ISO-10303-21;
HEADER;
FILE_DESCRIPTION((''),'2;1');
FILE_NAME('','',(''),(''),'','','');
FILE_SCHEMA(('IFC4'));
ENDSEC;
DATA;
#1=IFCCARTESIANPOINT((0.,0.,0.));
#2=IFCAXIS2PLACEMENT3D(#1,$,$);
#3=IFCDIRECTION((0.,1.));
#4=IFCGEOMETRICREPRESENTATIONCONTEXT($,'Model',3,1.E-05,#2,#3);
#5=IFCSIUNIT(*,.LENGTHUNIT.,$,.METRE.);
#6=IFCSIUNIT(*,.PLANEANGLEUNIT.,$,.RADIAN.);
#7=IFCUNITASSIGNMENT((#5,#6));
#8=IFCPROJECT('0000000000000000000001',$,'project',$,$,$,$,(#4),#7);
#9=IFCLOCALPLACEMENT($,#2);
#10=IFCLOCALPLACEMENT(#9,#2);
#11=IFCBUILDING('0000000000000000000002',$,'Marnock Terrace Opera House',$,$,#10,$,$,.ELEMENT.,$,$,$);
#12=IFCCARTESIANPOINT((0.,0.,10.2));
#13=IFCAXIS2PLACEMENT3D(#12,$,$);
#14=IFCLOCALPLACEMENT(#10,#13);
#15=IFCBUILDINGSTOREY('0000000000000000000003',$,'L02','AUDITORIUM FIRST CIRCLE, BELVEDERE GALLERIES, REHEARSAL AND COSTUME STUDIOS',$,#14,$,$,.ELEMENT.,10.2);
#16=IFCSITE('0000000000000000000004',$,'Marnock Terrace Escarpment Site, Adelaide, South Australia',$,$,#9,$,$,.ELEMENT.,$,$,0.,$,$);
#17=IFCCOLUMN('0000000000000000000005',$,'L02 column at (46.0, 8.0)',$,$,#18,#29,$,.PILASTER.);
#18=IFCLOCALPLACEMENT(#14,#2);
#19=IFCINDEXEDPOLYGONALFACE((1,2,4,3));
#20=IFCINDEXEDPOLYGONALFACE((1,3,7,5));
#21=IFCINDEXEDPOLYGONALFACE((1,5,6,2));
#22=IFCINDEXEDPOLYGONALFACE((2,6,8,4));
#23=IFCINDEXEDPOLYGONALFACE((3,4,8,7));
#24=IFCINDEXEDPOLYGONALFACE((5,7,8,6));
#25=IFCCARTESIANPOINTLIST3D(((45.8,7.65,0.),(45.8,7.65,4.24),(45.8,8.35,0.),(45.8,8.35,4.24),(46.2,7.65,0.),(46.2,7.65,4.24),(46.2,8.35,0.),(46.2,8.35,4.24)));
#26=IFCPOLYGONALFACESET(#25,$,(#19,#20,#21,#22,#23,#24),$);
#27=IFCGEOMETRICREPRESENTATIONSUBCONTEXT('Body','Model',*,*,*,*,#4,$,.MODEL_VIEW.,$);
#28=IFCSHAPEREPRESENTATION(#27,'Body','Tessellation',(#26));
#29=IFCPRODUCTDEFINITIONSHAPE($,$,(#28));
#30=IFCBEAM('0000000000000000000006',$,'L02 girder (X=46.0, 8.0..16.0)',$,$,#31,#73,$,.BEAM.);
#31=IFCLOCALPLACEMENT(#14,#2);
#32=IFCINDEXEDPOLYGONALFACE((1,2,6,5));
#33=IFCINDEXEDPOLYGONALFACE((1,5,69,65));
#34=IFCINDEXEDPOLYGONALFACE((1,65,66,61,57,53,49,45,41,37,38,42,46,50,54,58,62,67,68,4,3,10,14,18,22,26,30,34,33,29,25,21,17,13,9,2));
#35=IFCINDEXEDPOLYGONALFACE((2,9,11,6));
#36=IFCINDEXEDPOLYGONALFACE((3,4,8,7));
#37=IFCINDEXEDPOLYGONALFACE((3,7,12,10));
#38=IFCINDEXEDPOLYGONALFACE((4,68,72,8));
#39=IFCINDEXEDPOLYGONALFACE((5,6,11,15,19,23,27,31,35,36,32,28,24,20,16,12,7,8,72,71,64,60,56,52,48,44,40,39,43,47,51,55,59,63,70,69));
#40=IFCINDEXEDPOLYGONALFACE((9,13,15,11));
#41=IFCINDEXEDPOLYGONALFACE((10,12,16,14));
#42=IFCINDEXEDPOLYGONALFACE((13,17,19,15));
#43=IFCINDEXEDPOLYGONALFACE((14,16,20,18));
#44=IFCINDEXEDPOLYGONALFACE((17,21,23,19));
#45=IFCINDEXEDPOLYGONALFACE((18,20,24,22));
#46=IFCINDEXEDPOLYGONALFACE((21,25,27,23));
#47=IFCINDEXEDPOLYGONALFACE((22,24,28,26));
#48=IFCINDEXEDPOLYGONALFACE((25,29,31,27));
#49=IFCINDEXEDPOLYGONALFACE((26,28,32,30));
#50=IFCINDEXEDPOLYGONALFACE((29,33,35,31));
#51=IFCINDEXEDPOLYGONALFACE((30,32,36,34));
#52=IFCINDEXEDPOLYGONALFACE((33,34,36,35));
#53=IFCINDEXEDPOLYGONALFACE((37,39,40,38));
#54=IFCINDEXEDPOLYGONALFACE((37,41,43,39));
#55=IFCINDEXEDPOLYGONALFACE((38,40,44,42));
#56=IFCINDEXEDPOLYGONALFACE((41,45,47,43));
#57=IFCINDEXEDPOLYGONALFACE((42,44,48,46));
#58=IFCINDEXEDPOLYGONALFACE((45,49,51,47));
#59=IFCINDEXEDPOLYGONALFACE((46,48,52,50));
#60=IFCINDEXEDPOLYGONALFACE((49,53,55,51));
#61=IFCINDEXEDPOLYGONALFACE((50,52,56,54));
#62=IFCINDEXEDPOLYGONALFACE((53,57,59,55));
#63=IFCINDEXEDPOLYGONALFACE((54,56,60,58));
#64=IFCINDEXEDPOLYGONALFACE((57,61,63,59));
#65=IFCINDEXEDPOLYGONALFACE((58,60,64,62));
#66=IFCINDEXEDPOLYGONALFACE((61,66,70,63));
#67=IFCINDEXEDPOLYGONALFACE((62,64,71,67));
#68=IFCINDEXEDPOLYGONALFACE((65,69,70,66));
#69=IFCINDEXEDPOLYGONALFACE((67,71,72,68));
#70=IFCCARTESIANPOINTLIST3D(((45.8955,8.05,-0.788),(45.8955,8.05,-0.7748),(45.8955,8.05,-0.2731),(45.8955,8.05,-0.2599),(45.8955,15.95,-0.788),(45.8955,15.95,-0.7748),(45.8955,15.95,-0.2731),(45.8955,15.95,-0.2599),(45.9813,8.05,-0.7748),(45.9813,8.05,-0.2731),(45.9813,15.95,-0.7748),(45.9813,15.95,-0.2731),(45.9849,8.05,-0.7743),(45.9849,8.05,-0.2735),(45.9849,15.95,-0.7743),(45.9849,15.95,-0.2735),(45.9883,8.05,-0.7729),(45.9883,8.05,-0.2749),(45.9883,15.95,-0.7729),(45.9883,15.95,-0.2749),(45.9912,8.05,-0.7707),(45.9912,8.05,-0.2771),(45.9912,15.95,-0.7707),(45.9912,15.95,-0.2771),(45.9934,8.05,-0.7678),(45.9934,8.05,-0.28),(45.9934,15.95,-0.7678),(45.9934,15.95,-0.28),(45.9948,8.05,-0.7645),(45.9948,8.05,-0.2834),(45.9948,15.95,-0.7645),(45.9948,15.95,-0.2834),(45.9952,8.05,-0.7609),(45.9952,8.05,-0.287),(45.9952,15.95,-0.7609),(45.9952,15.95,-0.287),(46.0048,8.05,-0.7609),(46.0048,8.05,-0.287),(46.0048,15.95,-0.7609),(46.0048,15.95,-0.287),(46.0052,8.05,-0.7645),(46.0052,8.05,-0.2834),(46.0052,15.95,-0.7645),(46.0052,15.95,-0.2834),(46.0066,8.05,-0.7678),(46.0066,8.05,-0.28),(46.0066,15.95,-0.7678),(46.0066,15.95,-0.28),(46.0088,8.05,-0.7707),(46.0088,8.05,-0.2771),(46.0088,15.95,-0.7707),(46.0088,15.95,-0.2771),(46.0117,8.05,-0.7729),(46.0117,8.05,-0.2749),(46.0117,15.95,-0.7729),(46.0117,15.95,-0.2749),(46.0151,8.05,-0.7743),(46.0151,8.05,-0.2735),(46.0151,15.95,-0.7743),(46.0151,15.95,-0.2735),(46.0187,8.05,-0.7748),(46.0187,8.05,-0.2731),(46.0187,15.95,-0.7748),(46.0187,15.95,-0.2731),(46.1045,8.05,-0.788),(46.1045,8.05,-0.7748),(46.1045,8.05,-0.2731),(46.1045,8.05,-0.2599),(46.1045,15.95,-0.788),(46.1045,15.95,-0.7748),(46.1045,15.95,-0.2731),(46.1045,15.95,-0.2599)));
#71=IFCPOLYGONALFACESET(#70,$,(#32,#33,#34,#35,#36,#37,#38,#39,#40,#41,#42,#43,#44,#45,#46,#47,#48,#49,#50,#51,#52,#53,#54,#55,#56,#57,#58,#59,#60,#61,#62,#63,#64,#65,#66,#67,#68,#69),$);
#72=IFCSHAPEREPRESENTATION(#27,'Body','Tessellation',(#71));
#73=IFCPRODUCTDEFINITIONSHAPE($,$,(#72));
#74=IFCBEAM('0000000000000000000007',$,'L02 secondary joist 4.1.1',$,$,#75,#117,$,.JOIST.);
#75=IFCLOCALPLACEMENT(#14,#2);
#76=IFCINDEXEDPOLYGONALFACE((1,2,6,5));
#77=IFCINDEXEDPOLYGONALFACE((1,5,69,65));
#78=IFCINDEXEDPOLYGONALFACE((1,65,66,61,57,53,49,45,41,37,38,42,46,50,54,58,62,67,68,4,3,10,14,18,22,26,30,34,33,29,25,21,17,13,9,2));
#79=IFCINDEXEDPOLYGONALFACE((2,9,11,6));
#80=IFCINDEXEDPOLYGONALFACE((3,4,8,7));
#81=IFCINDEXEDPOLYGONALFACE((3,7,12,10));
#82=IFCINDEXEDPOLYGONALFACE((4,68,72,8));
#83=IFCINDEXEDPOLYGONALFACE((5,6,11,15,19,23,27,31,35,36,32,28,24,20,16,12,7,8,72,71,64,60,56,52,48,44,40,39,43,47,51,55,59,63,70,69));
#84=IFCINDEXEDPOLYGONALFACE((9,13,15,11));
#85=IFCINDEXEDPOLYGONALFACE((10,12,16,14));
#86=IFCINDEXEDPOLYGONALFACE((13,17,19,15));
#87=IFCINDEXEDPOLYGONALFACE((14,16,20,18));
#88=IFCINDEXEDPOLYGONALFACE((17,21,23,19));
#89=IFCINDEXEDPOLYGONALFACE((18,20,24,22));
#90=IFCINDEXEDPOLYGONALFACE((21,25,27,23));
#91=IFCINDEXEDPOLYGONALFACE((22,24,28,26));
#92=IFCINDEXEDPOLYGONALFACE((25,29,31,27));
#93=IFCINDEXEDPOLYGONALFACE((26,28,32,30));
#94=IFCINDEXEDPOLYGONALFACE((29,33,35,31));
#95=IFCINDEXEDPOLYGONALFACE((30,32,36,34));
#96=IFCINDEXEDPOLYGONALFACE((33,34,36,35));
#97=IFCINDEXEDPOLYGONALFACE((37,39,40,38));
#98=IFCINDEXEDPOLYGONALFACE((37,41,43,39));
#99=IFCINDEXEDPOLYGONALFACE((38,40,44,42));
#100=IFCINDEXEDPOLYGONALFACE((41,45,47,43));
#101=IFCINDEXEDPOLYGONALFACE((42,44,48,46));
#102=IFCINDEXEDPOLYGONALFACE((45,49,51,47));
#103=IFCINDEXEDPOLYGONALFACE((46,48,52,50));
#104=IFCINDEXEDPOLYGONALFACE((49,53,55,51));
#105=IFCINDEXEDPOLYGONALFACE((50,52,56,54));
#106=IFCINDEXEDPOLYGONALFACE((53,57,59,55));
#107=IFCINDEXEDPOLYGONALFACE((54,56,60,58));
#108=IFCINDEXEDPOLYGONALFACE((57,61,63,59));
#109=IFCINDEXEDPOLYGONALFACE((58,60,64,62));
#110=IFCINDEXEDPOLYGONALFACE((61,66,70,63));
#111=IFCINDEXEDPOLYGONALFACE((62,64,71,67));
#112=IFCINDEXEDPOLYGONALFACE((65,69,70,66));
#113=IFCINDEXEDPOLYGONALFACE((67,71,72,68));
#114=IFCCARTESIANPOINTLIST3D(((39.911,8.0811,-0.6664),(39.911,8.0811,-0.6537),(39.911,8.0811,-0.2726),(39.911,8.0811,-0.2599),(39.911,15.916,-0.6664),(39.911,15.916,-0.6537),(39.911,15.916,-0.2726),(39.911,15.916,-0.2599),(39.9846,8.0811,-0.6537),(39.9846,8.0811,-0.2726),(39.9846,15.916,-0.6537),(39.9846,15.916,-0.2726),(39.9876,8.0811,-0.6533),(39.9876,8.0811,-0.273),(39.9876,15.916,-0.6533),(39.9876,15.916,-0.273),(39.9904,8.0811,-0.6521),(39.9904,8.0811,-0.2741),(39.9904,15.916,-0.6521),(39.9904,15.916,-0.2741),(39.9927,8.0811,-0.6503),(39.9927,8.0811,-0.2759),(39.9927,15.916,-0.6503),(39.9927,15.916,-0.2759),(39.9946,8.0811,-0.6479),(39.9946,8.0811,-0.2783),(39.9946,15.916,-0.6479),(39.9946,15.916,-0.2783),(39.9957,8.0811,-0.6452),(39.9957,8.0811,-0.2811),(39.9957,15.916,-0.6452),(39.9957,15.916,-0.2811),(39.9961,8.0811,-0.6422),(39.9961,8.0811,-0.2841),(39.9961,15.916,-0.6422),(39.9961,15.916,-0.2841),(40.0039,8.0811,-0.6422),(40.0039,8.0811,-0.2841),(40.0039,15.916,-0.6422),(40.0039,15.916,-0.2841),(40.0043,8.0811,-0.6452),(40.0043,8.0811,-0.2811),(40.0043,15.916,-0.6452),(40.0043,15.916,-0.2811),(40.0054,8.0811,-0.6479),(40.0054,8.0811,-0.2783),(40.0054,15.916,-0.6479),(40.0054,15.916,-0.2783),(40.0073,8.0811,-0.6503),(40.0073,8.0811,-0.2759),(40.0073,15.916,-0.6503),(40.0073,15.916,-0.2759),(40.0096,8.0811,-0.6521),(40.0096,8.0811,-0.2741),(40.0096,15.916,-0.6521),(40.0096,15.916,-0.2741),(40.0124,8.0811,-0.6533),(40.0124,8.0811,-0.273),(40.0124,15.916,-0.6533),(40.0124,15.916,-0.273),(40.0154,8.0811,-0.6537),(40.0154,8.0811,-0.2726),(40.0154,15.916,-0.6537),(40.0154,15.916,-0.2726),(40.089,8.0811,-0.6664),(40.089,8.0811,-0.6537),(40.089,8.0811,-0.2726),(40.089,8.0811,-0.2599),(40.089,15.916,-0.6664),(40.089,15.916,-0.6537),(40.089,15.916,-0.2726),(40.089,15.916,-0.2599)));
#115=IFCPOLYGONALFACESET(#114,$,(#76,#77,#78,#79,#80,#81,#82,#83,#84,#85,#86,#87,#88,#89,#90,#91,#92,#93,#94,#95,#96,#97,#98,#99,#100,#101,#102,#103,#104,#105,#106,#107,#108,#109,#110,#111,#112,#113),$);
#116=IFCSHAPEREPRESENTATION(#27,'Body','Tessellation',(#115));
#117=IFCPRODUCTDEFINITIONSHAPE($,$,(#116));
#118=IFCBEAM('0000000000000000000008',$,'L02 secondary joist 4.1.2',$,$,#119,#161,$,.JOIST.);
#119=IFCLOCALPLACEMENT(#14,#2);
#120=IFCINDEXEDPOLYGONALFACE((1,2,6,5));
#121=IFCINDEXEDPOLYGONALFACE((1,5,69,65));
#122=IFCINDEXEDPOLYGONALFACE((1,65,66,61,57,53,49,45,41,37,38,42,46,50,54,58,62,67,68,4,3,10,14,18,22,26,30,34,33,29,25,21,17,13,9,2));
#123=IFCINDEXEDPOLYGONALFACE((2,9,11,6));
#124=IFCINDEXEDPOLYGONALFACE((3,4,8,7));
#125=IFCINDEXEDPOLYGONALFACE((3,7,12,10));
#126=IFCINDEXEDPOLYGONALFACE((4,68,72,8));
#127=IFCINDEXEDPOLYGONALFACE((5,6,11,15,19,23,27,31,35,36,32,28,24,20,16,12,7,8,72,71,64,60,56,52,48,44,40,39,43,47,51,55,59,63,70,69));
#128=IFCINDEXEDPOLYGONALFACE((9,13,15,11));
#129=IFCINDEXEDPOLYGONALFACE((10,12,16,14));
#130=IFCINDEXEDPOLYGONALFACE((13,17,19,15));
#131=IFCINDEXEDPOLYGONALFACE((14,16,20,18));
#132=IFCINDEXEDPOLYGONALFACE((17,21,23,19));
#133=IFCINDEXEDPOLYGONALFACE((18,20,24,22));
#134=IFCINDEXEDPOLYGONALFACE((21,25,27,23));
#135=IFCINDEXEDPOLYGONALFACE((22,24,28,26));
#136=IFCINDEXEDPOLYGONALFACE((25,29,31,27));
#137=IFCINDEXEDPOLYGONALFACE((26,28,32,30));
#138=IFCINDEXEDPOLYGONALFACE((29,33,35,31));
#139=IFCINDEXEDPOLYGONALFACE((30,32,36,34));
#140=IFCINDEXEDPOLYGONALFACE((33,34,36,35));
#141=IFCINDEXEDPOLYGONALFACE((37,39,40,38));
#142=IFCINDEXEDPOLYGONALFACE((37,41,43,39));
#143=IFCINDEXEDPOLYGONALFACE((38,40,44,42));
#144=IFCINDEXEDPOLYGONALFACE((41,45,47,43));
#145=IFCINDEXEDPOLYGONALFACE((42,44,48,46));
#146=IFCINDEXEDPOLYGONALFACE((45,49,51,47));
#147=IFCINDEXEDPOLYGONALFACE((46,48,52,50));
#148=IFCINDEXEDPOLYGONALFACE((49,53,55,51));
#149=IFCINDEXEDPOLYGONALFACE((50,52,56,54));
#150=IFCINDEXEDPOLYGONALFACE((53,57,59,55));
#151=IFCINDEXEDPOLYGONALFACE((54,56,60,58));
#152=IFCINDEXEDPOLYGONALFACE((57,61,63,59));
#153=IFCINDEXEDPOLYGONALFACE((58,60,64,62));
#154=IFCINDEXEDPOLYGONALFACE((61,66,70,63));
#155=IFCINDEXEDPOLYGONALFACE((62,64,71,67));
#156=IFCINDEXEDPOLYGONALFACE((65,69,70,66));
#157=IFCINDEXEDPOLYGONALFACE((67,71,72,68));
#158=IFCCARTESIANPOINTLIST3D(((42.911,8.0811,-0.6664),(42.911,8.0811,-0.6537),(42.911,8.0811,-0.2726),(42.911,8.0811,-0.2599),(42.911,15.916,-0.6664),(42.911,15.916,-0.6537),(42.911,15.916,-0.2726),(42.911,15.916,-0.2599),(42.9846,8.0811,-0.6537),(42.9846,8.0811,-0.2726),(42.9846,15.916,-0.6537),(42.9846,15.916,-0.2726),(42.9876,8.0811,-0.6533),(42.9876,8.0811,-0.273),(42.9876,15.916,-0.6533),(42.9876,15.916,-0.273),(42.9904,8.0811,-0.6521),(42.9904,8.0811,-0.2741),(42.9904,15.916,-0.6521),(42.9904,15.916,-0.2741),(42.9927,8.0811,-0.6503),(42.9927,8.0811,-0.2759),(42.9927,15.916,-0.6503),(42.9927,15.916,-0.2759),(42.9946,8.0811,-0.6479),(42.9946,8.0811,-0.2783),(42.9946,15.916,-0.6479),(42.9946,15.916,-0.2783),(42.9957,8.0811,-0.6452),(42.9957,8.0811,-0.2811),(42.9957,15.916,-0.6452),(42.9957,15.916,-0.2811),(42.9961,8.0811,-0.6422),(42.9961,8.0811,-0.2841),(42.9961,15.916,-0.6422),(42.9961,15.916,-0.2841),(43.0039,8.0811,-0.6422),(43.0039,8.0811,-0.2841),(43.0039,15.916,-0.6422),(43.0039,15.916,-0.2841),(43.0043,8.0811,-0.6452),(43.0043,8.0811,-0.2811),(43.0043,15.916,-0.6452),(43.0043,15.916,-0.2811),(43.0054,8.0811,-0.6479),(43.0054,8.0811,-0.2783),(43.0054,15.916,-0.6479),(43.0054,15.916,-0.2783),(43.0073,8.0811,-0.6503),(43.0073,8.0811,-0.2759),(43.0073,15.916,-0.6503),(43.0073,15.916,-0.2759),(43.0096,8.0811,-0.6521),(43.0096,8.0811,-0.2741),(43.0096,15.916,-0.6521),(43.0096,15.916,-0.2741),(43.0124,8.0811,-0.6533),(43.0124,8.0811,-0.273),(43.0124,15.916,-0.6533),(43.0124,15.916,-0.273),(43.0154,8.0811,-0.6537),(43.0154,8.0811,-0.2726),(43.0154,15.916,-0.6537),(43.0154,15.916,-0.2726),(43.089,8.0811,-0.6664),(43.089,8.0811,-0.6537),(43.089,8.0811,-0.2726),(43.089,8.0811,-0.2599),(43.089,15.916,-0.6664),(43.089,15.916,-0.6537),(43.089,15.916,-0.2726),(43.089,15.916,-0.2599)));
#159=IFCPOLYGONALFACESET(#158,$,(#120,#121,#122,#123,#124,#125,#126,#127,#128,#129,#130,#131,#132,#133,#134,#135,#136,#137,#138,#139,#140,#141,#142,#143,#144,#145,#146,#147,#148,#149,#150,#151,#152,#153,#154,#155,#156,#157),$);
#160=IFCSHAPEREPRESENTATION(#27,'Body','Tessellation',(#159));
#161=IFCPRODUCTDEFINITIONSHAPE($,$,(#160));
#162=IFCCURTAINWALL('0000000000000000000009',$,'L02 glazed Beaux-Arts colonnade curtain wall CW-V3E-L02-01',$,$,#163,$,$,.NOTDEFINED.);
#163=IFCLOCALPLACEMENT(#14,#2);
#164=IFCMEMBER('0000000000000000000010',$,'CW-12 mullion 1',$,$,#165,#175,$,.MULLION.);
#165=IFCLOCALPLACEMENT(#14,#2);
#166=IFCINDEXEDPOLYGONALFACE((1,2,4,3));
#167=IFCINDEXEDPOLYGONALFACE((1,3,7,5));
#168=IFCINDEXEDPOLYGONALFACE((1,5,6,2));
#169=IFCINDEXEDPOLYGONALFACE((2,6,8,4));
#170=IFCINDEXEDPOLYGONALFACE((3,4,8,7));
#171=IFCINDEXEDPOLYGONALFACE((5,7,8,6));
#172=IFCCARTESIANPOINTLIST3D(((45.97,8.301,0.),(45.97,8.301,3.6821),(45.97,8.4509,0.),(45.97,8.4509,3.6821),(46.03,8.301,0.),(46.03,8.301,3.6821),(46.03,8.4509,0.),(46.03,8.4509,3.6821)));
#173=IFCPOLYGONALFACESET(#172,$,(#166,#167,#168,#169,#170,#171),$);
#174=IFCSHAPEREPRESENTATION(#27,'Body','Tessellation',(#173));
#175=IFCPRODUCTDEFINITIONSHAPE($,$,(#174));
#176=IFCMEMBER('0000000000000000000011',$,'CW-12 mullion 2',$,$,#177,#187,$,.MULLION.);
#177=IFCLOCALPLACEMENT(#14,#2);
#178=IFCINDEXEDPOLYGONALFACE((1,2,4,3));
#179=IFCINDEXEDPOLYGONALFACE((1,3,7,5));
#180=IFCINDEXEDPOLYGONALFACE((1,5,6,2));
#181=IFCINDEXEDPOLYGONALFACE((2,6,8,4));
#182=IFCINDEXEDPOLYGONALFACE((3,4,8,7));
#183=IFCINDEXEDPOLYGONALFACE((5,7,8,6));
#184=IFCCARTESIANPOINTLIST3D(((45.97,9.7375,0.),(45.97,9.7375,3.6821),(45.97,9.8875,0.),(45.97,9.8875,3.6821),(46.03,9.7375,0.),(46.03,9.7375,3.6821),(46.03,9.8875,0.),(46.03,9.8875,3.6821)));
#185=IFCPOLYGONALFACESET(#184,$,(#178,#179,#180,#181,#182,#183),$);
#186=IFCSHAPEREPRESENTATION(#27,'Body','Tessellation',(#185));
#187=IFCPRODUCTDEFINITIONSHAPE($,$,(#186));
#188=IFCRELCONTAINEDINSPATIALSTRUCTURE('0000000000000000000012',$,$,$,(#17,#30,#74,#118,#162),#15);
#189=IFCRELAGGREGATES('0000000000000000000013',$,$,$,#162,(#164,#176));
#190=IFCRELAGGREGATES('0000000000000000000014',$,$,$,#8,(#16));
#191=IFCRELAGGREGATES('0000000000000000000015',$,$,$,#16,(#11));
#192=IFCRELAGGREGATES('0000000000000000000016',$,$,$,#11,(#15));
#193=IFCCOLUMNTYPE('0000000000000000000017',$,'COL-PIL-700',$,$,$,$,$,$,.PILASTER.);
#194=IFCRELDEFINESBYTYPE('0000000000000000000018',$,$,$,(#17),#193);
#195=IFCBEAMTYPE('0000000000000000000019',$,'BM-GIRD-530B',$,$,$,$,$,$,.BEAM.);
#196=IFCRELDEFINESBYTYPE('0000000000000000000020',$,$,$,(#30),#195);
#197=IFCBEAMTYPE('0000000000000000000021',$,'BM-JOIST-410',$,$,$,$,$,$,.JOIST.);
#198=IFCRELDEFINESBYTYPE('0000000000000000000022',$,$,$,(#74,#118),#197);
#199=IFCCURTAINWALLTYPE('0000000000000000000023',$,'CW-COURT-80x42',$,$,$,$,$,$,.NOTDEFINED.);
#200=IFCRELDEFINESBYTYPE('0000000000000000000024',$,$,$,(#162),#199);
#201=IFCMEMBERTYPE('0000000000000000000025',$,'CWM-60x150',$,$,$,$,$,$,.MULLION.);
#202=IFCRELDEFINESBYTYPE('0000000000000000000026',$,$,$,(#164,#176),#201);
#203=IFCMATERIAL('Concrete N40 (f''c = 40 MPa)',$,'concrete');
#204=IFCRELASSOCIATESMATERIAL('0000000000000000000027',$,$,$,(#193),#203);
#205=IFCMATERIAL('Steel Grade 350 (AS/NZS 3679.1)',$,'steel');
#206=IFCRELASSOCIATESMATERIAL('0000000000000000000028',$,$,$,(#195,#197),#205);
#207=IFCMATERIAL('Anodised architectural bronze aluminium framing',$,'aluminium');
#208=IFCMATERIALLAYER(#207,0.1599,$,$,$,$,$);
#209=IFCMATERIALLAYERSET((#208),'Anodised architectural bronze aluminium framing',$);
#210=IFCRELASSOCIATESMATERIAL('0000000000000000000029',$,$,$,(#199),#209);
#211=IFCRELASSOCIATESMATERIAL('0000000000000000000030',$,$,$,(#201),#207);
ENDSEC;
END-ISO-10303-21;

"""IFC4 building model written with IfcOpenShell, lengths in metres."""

from ifc_helpers import new_model, si_unit, direction, frame, origin, origin_2d, place, context, subcontext, project, spatial, rectangle, i_section, extrude, material, layer, layer_set, material_profile, profile_set, type_object, element, aggregate, save


model = new_model("IFC4")

# Units and contexts
model_context = context("Model", 3, precision=1e-05, world=origin(), true_north=direction((0.0, 1.0)))
body_context = subcontext(model_context, "Body", "Model", "MODEL_VIEW")
ifc_project = project(units=[si_unit("LENGTHUNIT", "METRE"), si_unit("PLANEANGLEUNIT", "RADIAN")], contexts=[model_context])

# Site, building, storey
site_placement = place(None, origin())
site = spatial("IfcSite", under=ifc_project, at=site_placement, Name="Marnock Terrace Escarpment Site, Adelaide, South Australia", CompositionType="ELEMENT", RefElevation=0.0)
building_placement = place(site_placement, origin())
building = spatial("IfcBuilding", under=site, at=building_placement, Name="Marnock Terrace Opera House", CompositionType="ELEMENT")
storey_placement = place(building_placement, frame((0.0, 0.0, 10.2)))
storey = spatial("IfcBuildingStorey", under=building, at=storey_placement, Name="L02", Description="AUDITORIUM FIRST CIRCLE, BELVEDERE GALLERIES, REHEARSAL AND COSTUME STUDIOS", CompositionType="ELEMENT", Elevation=10.2)

# Column
ifc_material_1 = material(Name="Concrete N40 (f'c = 40 MPa)", Category="concrete")
ifc_material_profile_1 = material_profile(ifc_material_1, rectangle(XDim=0.3999, YDim=0.7, at=origin_2d()))
ifc_profile_set_1 = profile_set([ifc_material_profile_1], Name="Concrete N40 (f'c = 40 MPa)")
column_type = type_object("IfcColumnType", Name="COL-PIL-700", PredefinedType="PILASTER", material=ifc_profile_set_1)
column_placement = place(storey_placement, frame((46.0, 8.0, 0.0), z_axis=(0.0, 0.0, 1.0), x_axis=(1.0, 0.0, 0.0)))
element("IfcColumn", 1, at=column_placement, inside=storey, type_object=column_type, Name="L02 column at (46.0, 8.0)", PredefinedType="PILASTER", context=body_context, shape_type="SweptSolid", body=[
    extrude(rectangle(XDim=0.3999, YDim=0.7, at=origin_2d()), origin(), (0.0, 0.0, 1.0), 4.24),
])

# Beams
ifc_material_2 = material(Name="Steel Grade 350 (AS/NZS 3679.1)", Category="steel")
ifc_material_profile_2 = material_profile(ifc_material_2, i_section(OverallWidth=0.209, OverallDepth=0.5281, WebThickness=0.0095, FlangeThickness=0.0132, FilletRadius=0.0139, at=origin_2d()))
ifc_profile_set_2 = profile_set([ifc_material_profile_2], Name="Steel Grade 350 (AS/NZS 3679.1)")
beam_type_1 = type_object("IfcBeamType", Name="BM-GIRD-530B", PredefinedType="BEAM", material=ifc_profile_set_2)
beam_placement = place(storey_placement, frame((46.0, 8.05, -0.5239), z_axis=(0.0, 1.0, 0.0), x_axis=(-1.0, 0.0, 0.0)))
element("IfcBeam", 2, at=beam_placement, inside=storey, type_object=beam_type_1, Name="L02 girder (X=46.0, 8.0..16.0)", PredefinedType="BEAM", context=body_context, shape_type="SweptSolid", body=[
    extrude(i_section(OverallWidth=0.209, OverallDepth=0.5281, WebThickness=0.0095, FlangeThickness=0.0132, FilletRadius=0.0139, at=origin_2d()), origin(), (0.0, 0.0, 1.0), 7.8999),
])
ifc_material_profile_3 = material_profile(ifc_material_2, i_section(OverallWidth=0.178, OverallDepth=0.4065, WebThickness=0.0078, FlangeThickness=0.0127, FilletRadius=0.0115, at=origin_2d()))
ifc_profile_set_3 = profile_set([ifc_material_profile_3], Name="Steel Grade 350 (AS/NZS 3679.1)")
beam_type_2 = type_object("IfcBeamType", Name="BM-JOIST-410", PredefinedType="JOIST", material=ifc_profile_set_3)
for number, where, z_axis, x_axis, name in (
    (3, (40.0, 8.0811, -0.4631), (0.0, 1.0, 0.0), (-1.0, 0.0, 0.0), "L02 secondary joist 4.1.1"),
    (4, (43.0, 8.0811, -0.4631), (0.0, 1.0, 0.0), (-1.0, 0.0, 0.0), "L02 secondary joist 4.1.2"),
):
    element("IfcBeam", number, at=place(storey_placement, frame(where, z_axis=z_axis, x_axis=x_axis)), inside=storey, type_object=beam_type_2, Name=name, PredefinedType="JOIST", context=body_context, shape_type="SweptSolid", body=[
        extrude(i_section(OverallWidth=0.178, OverallDepth=0.4065, WebThickness=0.0078, FlangeThickness=0.0127, FilletRadius=0.0115, at=origin_2d()), origin(), (0.0, 0.0, 1.0), 7.835),
    ])

# Curtain wall, members
ifc_material_3 = material(Name="Anodised architectural bronze aluminium framing", Category="aluminium")
ifc_layer_1 = layer(ifc_material_3, 0.1599)
ifc_layer_set_1 = layer_set([ifc_layer_1], Name="Anodised architectural bronze aluminium framing")
curtain_wall_type = type_object("IfcCurtainWallType", Name="CW-COURT-80x42", PredefinedType="NOTDEFINED", material=ifc_layer_set_1)
curtain_wall_placement = place(storey_placement, origin())
curtain_wall = element("IfcCurtainWall", 5, at=curtain_wall_placement, inside=storey, type_object=curtain_wall_type, Name="L02 glazed Beaux-Arts colonnade curtain wall CW-V3E-L02-01", PredefinedType="NOTDEFINED")
ifc_material_profile_4 = material_profile(ifc_material_3, rectangle(XDim=0.0601, YDim=0.1499, at=origin_2d()))
ifc_profile_set_4 = profile_set([ifc_material_profile_4], Name="Anodised architectural bronze aluminium framing")
member_type_1 = type_object("IfcMemberType", Name="CWM-60x150", PredefinedType="MULLION", material=ifc_profile_set_4)
member_1_placement = place(storey_placement, frame((46.0, 8.376, 0.0), z_axis=(0.0, 0.0, 1.0), x_axis=(-1.0, 0.0, 0.0)))
member_1 = element("IfcMember", 6, at=member_1_placement, type_object=member_type_1, Name="CW-12 mullion 1", PredefinedType="MULLION", context=body_context, shape_type="SweptSolid", body=[
    extrude(rectangle(XDim=0.0601, YDim=0.1499, at=origin_2d()), origin(), (0.0, 0.0, 1.0), 3.6821),
])
member_2_placement = place(storey_placement, frame((46.0, 9.8125, 0.0), z_axis=(0.0, 0.0, 1.0), x_axis=(-1.0, 0.0, 0.0)))
member_2 = element("IfcMember", 7, at=member_2_placement, type_object=member_type_1, Name="CW-12 mullion 2", PredefinedType="MULLION", context=body_context, shape_type="SweptSolid", body=[
    extrude(rectangle(XDim=0.0601, YDim=0.1499, at=origin_2d()), origin(), (0.0, 0.0, 1.0), 3.6821),
])
aggregate(curtain_wall, [member_1, member_2])

save(model, "model.ifc")
